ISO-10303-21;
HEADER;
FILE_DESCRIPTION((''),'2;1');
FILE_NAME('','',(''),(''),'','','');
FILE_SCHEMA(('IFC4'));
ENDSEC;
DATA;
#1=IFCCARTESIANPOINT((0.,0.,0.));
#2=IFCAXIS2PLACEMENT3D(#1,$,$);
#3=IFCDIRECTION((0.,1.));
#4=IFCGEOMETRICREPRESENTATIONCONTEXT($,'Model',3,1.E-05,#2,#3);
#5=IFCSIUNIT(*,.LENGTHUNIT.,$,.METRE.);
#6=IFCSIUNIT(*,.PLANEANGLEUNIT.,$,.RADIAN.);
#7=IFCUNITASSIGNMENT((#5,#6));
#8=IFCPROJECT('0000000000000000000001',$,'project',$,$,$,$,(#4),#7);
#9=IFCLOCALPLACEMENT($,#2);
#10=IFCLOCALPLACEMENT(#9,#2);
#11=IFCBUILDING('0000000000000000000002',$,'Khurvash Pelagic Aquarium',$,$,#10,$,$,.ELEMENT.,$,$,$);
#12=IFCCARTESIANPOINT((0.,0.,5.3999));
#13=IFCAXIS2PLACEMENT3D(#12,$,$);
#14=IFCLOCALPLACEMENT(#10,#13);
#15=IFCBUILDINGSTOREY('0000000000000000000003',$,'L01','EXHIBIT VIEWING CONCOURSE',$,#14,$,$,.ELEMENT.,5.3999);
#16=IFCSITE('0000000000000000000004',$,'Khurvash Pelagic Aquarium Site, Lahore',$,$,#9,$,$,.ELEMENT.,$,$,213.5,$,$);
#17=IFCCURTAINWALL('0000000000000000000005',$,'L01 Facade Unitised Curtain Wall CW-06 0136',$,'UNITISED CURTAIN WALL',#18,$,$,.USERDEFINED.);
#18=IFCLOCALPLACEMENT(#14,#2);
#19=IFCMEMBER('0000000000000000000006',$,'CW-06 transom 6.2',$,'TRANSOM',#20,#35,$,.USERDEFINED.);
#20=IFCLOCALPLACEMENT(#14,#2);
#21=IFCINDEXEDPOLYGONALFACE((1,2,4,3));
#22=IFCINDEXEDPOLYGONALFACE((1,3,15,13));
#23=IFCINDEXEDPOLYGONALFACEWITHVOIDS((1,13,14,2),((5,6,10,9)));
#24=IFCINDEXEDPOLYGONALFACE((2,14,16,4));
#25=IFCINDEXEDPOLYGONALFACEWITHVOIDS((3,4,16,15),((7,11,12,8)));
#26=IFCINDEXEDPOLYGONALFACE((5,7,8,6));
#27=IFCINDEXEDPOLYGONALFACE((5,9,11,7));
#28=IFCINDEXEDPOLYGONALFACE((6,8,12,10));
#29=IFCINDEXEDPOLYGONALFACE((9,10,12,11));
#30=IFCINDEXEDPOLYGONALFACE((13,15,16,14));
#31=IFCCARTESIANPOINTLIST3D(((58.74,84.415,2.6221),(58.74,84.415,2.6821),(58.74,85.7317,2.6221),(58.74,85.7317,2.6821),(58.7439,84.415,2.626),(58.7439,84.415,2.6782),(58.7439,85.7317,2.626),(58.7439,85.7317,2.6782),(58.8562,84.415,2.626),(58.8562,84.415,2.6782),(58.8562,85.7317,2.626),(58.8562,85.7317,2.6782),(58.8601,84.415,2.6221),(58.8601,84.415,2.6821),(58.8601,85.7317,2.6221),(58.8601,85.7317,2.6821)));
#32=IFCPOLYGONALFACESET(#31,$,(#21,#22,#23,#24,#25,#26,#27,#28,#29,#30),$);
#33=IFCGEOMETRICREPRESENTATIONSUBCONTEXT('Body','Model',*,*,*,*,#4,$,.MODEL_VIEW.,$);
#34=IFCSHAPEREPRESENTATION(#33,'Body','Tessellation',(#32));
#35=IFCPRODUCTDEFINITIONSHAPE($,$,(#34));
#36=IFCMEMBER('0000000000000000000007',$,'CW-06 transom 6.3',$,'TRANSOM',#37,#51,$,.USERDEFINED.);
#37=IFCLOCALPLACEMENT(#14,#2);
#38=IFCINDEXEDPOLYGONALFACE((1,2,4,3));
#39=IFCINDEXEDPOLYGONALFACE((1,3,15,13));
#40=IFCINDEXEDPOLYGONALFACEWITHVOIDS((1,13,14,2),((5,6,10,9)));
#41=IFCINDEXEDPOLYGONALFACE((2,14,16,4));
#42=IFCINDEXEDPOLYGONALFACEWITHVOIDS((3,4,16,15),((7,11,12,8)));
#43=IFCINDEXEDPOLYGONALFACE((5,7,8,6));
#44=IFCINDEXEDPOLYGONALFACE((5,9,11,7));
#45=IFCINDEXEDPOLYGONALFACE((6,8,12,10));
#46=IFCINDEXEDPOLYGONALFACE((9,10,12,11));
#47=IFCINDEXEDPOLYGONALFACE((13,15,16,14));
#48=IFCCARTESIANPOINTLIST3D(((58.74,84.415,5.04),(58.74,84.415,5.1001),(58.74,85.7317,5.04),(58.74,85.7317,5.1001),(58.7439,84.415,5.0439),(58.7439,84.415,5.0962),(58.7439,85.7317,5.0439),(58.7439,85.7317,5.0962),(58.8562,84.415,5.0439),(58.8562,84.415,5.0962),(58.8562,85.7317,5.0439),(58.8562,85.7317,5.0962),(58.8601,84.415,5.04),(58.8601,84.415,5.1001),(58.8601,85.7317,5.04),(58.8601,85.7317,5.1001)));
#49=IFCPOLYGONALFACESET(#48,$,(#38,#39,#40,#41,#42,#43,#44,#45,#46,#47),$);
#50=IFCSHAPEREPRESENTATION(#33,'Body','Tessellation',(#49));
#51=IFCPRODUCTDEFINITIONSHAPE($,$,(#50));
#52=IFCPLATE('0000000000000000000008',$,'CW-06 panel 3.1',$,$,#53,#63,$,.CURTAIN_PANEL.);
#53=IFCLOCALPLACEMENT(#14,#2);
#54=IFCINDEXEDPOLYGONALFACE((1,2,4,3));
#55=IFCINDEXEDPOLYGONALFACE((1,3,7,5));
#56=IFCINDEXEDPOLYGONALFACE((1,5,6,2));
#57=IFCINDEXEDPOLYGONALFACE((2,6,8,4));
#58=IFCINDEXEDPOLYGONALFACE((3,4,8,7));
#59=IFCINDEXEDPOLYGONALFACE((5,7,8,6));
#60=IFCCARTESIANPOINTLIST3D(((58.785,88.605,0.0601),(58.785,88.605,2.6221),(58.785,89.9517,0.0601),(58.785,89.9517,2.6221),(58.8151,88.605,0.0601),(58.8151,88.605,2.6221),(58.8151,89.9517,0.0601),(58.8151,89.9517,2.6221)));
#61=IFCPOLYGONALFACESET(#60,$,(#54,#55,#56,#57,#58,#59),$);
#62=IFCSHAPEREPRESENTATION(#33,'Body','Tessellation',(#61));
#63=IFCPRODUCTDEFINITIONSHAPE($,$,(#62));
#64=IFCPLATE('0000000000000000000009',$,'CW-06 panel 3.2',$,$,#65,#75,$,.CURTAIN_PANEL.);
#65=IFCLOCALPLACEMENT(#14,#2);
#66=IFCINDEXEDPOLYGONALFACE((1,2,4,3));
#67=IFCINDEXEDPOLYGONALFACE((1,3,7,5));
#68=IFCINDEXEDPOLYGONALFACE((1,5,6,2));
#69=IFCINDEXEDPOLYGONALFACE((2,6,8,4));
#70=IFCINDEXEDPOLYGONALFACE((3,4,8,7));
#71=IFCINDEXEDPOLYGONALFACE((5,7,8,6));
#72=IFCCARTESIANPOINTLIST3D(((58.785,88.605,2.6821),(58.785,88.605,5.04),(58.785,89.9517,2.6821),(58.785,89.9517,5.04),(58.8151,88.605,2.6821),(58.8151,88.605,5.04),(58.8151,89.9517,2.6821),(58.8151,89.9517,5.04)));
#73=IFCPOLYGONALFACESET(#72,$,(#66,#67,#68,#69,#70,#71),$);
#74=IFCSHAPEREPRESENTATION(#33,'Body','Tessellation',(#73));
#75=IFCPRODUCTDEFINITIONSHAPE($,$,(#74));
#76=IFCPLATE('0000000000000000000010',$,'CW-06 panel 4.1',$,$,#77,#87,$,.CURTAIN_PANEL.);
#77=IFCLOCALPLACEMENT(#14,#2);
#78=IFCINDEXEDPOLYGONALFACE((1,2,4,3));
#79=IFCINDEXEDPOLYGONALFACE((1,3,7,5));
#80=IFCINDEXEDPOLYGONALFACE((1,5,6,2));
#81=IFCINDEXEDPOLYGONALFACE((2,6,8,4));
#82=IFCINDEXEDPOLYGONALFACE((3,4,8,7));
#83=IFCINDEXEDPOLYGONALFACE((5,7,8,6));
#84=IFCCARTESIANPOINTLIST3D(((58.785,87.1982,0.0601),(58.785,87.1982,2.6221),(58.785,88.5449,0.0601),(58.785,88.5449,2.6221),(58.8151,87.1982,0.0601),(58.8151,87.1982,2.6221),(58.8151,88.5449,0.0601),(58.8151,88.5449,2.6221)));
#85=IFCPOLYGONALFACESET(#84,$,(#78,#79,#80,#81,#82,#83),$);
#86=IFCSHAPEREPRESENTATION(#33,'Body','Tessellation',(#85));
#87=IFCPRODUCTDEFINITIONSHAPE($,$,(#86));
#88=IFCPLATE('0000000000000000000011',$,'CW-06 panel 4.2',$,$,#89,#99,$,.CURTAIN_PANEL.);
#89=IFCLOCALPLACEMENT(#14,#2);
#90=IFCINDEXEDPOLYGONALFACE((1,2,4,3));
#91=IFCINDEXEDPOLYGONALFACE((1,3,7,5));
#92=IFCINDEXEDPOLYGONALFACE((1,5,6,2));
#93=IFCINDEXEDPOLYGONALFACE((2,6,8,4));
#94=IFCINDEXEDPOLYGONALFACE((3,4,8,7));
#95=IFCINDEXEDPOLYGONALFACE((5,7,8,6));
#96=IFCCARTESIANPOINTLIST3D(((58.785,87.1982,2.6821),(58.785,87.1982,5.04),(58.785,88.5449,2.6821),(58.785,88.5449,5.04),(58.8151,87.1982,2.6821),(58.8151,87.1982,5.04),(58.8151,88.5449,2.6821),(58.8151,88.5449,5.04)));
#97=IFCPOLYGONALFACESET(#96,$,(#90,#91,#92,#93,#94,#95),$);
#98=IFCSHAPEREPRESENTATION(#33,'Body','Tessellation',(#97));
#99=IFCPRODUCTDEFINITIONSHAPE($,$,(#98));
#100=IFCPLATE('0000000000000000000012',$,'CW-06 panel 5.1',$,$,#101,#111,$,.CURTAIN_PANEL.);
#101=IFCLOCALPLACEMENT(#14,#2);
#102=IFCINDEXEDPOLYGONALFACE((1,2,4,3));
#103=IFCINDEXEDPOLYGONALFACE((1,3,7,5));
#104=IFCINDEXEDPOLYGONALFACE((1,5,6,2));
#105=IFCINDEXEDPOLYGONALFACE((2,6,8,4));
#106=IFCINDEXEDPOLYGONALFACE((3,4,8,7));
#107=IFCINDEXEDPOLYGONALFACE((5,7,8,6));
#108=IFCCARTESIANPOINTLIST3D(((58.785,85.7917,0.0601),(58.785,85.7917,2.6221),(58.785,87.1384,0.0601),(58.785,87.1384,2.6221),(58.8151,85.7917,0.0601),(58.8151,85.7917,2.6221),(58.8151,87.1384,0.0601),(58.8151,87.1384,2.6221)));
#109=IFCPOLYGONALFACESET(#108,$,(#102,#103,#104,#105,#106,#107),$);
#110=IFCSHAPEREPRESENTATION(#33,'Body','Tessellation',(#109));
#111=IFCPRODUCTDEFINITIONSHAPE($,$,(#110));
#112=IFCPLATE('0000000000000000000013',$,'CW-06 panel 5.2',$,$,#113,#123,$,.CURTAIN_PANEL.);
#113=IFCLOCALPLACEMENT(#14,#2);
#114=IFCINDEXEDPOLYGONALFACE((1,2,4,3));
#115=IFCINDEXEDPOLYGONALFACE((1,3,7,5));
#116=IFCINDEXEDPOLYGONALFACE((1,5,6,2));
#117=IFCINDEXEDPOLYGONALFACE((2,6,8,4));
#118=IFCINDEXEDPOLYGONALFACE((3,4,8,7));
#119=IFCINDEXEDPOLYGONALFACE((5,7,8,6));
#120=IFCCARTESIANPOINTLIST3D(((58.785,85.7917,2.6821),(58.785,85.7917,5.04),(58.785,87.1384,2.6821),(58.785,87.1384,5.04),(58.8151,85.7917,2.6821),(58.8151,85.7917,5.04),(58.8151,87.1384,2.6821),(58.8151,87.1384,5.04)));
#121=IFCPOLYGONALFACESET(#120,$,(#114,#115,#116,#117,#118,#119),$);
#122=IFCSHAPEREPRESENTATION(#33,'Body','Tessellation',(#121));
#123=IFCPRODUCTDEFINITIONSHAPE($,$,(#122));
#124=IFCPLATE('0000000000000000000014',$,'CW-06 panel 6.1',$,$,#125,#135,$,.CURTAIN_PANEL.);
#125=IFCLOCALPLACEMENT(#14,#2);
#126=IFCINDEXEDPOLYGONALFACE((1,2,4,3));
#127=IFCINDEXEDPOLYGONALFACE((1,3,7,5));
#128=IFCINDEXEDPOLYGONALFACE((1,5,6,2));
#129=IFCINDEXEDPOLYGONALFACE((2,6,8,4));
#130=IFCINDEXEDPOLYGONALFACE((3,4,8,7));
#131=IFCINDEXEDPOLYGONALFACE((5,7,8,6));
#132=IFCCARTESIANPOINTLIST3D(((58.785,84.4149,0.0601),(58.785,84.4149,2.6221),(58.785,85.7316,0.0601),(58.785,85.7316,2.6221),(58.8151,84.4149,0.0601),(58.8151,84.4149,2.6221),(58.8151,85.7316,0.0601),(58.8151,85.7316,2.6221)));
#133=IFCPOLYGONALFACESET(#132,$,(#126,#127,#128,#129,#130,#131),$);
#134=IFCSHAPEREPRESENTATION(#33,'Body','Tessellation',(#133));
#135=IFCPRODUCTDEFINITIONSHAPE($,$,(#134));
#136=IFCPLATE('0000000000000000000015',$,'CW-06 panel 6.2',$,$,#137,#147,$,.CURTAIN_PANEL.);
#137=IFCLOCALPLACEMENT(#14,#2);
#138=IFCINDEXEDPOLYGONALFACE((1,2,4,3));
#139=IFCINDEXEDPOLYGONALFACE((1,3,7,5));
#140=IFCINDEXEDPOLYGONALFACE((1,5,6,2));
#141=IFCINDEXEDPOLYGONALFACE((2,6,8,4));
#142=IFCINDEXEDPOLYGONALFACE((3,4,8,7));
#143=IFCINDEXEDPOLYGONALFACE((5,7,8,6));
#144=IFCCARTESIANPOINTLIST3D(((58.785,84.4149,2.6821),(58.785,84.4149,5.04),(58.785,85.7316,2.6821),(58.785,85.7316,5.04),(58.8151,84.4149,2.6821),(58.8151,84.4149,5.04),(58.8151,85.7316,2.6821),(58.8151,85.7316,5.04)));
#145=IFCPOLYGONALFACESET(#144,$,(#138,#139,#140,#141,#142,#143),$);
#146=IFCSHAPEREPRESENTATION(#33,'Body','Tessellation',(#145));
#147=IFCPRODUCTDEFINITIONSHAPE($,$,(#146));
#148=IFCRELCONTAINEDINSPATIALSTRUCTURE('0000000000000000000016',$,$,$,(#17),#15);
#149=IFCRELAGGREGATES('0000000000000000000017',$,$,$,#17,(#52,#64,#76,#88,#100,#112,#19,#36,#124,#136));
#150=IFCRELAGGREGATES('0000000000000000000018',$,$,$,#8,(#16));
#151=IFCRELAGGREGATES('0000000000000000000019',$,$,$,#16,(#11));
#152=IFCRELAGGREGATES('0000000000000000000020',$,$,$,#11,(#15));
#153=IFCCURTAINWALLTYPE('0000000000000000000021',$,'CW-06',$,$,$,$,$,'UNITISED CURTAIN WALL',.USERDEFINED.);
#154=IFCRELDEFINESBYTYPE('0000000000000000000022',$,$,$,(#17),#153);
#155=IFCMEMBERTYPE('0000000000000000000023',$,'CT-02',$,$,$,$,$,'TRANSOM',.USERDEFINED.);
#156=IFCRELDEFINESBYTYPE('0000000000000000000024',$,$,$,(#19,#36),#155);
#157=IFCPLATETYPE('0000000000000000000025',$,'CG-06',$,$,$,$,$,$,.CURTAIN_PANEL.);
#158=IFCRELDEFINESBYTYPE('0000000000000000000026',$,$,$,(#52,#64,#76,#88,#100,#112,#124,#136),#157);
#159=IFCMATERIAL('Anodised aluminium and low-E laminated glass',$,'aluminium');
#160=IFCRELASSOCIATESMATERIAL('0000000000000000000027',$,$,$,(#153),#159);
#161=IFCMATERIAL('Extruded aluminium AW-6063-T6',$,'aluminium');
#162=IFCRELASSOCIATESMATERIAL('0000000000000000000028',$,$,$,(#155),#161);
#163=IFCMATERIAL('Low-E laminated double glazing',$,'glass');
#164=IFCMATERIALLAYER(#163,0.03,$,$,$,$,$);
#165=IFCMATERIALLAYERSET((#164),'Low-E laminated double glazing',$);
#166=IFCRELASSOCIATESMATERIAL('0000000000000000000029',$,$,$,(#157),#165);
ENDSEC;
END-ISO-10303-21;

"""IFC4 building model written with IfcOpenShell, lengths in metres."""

from ifc_helpers import new_model, si_unit, direction, frame, origin, origin_2d, place, context, subcontext, project, spatial, rectangle, hollow_rectangle, extrude, material, layer, layer_set, material_profile, profile_set, type_object, element, aggregate, save


model = new_model("IFC4")

# Units and contexts
model_context = context("Model", 3, precision=1e-05, world=origin(), true_north=direction((0.0, 1.0)))
body_context = subcontext(model_context, "Body", "Model", "MODEL_VIEW")
ifc_project = project(units=[si_unit("LENGTHUNIT", "METRE"), si_unit("PLANEANGLEUNIT", "RADIAN")], contexts=[model_context])

# Site, building, storey
site_placement = place(None, origin())
site = spatial("IfcSite", under=ifc_project, at=site_placement, Name="Khurvash Pelagic Aquarium Site, Lahore", CompositionType="ELEMENT", RefElevation=213.5)
building_placement = place(site_placement, origin())
building = spatial("IfcBuilding", under=site, at=building_placement, Name="Khurvash Pelagic Aquarium", CompositionType="ELEMENT")
storey_placement = place(building_placement, frame((0.0, 0.0, 5.3999)))
storey = spatial("IfcBuildingStorey", under=building, at=storey_placement, Name="L01", Description="EXHIBIT VIEWING CONCOURSE", CompositionType="ELEMENT", Elevation=5.3999)

# Curtain wall, members, plates
ifc_material_1 = material(Name="Anodised aluminium and low-E laminated glass", Category="aluminium")
curtain_wall_type = type_object("IfcCurtainWallType", Name="CW-06", ElementType="UNITISED CURTAIN WALL", PredefinedType="USERDEFINED", material=ifc_material_1)
curtain_wall_placement = place(storey_placement, origin())
curtain_wall = element("IfcCurtainWall", 1, at=curtain_wall_placement, inside=storey, type_object=curtain_wall_type, Name="L01 Facade Unitised Curtain Wall CW-06 0136", ObjectType="UNITISED CURTAIN WALL", PredefinedType="USERDEFINED")
ifc_material_2 = material(Name="Extruded aluminium AW-6063-T6", Category="aluminium")
ifc_material_profile_1 = material_profile(ifc_material_2, hollow_rectangle(XDim=0.1201, YDim=0.0601, WallThickness=0.0039, at=origin_2d()), Name="CWT120X60X4")
ifc_profile_set_1 = profile_set([ifc_material_profile_1], Name="Extruded aluminium AW-6063-T6")
member_type_1 = type_object("IfcMemberType", Name="CT-02", ElementType="TRANSOM", PredefinedType="USERDEFINED", material=ifc_profile_set_1)
member_1_placement = place(storey_placement, frame((58.8, 85.7317, 2.6521), z_axis=(0.0, -1.0, 0.0), x_axis=(1.0, 0.0, 0.0)))
member_1 = element("IfcMember", 2, at=member_1_placement, type_object=member_type_1, Name="CW-06 transom 6.2", ObjectType="TRANSOM", PredefinedType="USERDEFINED", context=body_context, shape_type="SweptSolid", body=[
    extrude(hollow_rectangle(XDim=0.1201, YDim=0.0601, WallThickness=0.0039, at=origin_2d()), origin(), (0.0, 0.0, 1.0), 1.3167),
])
member_2_placement = place(storey_placement, frame((58.8, 85.7317, 5.0701), z_axis=(0.0, -1.0, 0.0), x_axis=(1.0, 0.0, 0.0)))
member_2 = element("IfcMember", 3, at=member_2_placement, type_object=member_type_1, Name="CW-06 transom 6.3", ObjectType="TRANSOM", PredefinedType="USERDEFINED", context=body_context, shape_type="SweptSolid", body=[
    extrude(hollow_rectangle(XDim=0.1201, YDim=0.0601, WallThickness=0.0039, at=origin_2d()), origin(), (0.0, 0.0, 1.0), 1.3167),
])
ifc_material_3 = material(Name="Low-E laminated double glazing", Category="glass")
ifc_layer = layer(ifc_material_3, 0.03)
ifc_layer_set = layer_set([ifc_layer], Name="Low-E laminated double glazing")
plate_type = type_object("IfcPlateType", Name="CG-06", PredefinedType="CURTAIN_PANEL", material=ifc_layer_set)
plate_1_placement = place(storey_placement, frame((58.8, 89.2783, 0.0601), z_axis=(0.0, 0.0, 1.0), x_axis=(0.0, -1.0, 0.0)))
plate_1 = element("IfcPlate", 4, at=plate_1_placement, type_object=plate_type, Name="CW-06 panel 3.1", PredefinedType="CURTAIN_PANEL", context=body_context, shape_type="SweptSolid", body=[
    extrude(rectangle(XDim=1.3467, YDim=0.03, at=origin_2d()), origin(), (0.0, 0.0, 1.0), 2.562),
])
plate_2_placement = place(storey_placement, frame((58.8, 89.2783, 2.6821), z_axis=(0.0, 0.0, 1.0), x_axis=(0.0, -1.0, 0.0)))
plate_2 = element("IfcPlate", 5, at=plate_2_placement, type_object=plate_type, Name="CW-06 panel 3.2", PredefinedType="CURTAIN_PANEL", context=body_context, shape_type="SweptSolid", body=[
    extrude(rectangle(XDim=1.3467, YDim=0.03, at=origin_2d()), origin(), (0.0, 0.0, 1.0), 2.3579),
])
plate_3_placement = place(storey_placement, frame((58.8, 87.8716, 0.0601), z_axis=(0.0, 0.0, 1.0), x_axis=(0.0, -1.0, 0.0)))
plate_3 = element("IfcPlate", 6, at=plate_3_placement, type_object=plate_type, Name="CW-06 panel 4.1", PredefinedType="CURTAIN_PANEL", context=body_context, shape_type="SweptSolid", body=[
    extrude(rectangle(XDim=1.3467, YDim=0.03, at=origin_2d()), origin(), (0.0, 0.0, 1.0), 2.562),
])
plate_4_placement = place(storey_placement, frame((58.8, 87.8716, 2.6821), z_axis=(0.0, 0.0, 1.0), x_axis=(0.0, -1.0, 0.0)))
plate_4 = element("IfcPlate", 7, at=plate_4_placement, type_object=plate_type, Name="CW-06 panel 4.2", PredefinedType="CURTAIN_PANEL", context=body_context, shape_type="SweptSolid", body=[
    extrude(rectangle(XDim=1.3467, YDim=0.03, at=origin_2d()), origin(), (0.0, 0.0, 1.0), 2.3579),
])
plate_5_placement = place(storey_placement, frame((58.8, 86.4651, 0.0601), z_axis=(0.0, 0.0, 1.0), x_axis=(0.0, -1.0, 0.0)))
plate_5 = element("IfcPlate", 8, at=plate_5_placement, type_object=plate_type, Name="CW-06 panel 5.1", PredefinedType="CURTAIN_PANEL", context=body_context, shape_type="SweptSolid", body=[
    extrude(rectangle(XDim=1.3467, YDim=0.03, at=origin_2d()), origin(), (0.0, 0.0, 1.0), 2.562),
])
plate_6_placement = place(storey_placement, frame((58.8, 86.4651, 2.6821), z_axis=(0.0, 0.0, 1.0), x_axis=(0.0, -1.0, 0.0)))
plate_6 = element("IfcPlate", 9, at=plate_6_placement, type_object=plate_type, Name="CW-06 panel 5.2", PredefinedType="CURTAIN_PANEL", context=body_context, shape_type="SweptSolid", body=[
    extrude(rectangle(XDim=1.3467, YDim=0.03, at=origin_2d()), origin(), (0.0, 0.0, 1.0), 2.3579),
])
plate_7_placement = place(storey_placement, frame((58.8, 85.0732, 0.0601), z_axis=(0.0, 0.0, 1.0), x_axis=(0.0, -1.0, 0.0)))
plate_7 = element("IfcPlate", 10, at=plate_7_placement, type_object=plate_type, Name="CW-06 panel 6.1", PredefinedType="CURTAIN_PANEL", context=body_context, shape_type="SweptSolid", body=[
    extrude(rectangle(XDim=1.3167, YDim=0.03, at=origin_2d()), origin(), (0.0, 0.0, 1.0), 2.562),
])
plate_8_placement = place(storey_placement, frame((58.8, 85.0732, 2.6821), z_axis=(0.0, 0.0, 1.0), x_axis=(0.0, -1.0, 0.0)))
plate_8 = element("IfcPlate", 11, at=plate_8_placement, type_object=plate_type, Name="CW-06 panel 6.2", PredefinedType="CURTAIN_PANEL", context=body_context, shape_type="SweptSolid", body=[
    extrude(rectangle(XDim=1.3167, YDim=0.03, at=origin_2d()), origin(), (0.0, 0.0, 1.0), 2.3579),
])
aggregate(curtain_wall, [plate_1, plate_2, plate_3, plate_4, plate_5, plate_6, member_1, member_2, plate_7, plate_8])

save(model, "model.ifc")
